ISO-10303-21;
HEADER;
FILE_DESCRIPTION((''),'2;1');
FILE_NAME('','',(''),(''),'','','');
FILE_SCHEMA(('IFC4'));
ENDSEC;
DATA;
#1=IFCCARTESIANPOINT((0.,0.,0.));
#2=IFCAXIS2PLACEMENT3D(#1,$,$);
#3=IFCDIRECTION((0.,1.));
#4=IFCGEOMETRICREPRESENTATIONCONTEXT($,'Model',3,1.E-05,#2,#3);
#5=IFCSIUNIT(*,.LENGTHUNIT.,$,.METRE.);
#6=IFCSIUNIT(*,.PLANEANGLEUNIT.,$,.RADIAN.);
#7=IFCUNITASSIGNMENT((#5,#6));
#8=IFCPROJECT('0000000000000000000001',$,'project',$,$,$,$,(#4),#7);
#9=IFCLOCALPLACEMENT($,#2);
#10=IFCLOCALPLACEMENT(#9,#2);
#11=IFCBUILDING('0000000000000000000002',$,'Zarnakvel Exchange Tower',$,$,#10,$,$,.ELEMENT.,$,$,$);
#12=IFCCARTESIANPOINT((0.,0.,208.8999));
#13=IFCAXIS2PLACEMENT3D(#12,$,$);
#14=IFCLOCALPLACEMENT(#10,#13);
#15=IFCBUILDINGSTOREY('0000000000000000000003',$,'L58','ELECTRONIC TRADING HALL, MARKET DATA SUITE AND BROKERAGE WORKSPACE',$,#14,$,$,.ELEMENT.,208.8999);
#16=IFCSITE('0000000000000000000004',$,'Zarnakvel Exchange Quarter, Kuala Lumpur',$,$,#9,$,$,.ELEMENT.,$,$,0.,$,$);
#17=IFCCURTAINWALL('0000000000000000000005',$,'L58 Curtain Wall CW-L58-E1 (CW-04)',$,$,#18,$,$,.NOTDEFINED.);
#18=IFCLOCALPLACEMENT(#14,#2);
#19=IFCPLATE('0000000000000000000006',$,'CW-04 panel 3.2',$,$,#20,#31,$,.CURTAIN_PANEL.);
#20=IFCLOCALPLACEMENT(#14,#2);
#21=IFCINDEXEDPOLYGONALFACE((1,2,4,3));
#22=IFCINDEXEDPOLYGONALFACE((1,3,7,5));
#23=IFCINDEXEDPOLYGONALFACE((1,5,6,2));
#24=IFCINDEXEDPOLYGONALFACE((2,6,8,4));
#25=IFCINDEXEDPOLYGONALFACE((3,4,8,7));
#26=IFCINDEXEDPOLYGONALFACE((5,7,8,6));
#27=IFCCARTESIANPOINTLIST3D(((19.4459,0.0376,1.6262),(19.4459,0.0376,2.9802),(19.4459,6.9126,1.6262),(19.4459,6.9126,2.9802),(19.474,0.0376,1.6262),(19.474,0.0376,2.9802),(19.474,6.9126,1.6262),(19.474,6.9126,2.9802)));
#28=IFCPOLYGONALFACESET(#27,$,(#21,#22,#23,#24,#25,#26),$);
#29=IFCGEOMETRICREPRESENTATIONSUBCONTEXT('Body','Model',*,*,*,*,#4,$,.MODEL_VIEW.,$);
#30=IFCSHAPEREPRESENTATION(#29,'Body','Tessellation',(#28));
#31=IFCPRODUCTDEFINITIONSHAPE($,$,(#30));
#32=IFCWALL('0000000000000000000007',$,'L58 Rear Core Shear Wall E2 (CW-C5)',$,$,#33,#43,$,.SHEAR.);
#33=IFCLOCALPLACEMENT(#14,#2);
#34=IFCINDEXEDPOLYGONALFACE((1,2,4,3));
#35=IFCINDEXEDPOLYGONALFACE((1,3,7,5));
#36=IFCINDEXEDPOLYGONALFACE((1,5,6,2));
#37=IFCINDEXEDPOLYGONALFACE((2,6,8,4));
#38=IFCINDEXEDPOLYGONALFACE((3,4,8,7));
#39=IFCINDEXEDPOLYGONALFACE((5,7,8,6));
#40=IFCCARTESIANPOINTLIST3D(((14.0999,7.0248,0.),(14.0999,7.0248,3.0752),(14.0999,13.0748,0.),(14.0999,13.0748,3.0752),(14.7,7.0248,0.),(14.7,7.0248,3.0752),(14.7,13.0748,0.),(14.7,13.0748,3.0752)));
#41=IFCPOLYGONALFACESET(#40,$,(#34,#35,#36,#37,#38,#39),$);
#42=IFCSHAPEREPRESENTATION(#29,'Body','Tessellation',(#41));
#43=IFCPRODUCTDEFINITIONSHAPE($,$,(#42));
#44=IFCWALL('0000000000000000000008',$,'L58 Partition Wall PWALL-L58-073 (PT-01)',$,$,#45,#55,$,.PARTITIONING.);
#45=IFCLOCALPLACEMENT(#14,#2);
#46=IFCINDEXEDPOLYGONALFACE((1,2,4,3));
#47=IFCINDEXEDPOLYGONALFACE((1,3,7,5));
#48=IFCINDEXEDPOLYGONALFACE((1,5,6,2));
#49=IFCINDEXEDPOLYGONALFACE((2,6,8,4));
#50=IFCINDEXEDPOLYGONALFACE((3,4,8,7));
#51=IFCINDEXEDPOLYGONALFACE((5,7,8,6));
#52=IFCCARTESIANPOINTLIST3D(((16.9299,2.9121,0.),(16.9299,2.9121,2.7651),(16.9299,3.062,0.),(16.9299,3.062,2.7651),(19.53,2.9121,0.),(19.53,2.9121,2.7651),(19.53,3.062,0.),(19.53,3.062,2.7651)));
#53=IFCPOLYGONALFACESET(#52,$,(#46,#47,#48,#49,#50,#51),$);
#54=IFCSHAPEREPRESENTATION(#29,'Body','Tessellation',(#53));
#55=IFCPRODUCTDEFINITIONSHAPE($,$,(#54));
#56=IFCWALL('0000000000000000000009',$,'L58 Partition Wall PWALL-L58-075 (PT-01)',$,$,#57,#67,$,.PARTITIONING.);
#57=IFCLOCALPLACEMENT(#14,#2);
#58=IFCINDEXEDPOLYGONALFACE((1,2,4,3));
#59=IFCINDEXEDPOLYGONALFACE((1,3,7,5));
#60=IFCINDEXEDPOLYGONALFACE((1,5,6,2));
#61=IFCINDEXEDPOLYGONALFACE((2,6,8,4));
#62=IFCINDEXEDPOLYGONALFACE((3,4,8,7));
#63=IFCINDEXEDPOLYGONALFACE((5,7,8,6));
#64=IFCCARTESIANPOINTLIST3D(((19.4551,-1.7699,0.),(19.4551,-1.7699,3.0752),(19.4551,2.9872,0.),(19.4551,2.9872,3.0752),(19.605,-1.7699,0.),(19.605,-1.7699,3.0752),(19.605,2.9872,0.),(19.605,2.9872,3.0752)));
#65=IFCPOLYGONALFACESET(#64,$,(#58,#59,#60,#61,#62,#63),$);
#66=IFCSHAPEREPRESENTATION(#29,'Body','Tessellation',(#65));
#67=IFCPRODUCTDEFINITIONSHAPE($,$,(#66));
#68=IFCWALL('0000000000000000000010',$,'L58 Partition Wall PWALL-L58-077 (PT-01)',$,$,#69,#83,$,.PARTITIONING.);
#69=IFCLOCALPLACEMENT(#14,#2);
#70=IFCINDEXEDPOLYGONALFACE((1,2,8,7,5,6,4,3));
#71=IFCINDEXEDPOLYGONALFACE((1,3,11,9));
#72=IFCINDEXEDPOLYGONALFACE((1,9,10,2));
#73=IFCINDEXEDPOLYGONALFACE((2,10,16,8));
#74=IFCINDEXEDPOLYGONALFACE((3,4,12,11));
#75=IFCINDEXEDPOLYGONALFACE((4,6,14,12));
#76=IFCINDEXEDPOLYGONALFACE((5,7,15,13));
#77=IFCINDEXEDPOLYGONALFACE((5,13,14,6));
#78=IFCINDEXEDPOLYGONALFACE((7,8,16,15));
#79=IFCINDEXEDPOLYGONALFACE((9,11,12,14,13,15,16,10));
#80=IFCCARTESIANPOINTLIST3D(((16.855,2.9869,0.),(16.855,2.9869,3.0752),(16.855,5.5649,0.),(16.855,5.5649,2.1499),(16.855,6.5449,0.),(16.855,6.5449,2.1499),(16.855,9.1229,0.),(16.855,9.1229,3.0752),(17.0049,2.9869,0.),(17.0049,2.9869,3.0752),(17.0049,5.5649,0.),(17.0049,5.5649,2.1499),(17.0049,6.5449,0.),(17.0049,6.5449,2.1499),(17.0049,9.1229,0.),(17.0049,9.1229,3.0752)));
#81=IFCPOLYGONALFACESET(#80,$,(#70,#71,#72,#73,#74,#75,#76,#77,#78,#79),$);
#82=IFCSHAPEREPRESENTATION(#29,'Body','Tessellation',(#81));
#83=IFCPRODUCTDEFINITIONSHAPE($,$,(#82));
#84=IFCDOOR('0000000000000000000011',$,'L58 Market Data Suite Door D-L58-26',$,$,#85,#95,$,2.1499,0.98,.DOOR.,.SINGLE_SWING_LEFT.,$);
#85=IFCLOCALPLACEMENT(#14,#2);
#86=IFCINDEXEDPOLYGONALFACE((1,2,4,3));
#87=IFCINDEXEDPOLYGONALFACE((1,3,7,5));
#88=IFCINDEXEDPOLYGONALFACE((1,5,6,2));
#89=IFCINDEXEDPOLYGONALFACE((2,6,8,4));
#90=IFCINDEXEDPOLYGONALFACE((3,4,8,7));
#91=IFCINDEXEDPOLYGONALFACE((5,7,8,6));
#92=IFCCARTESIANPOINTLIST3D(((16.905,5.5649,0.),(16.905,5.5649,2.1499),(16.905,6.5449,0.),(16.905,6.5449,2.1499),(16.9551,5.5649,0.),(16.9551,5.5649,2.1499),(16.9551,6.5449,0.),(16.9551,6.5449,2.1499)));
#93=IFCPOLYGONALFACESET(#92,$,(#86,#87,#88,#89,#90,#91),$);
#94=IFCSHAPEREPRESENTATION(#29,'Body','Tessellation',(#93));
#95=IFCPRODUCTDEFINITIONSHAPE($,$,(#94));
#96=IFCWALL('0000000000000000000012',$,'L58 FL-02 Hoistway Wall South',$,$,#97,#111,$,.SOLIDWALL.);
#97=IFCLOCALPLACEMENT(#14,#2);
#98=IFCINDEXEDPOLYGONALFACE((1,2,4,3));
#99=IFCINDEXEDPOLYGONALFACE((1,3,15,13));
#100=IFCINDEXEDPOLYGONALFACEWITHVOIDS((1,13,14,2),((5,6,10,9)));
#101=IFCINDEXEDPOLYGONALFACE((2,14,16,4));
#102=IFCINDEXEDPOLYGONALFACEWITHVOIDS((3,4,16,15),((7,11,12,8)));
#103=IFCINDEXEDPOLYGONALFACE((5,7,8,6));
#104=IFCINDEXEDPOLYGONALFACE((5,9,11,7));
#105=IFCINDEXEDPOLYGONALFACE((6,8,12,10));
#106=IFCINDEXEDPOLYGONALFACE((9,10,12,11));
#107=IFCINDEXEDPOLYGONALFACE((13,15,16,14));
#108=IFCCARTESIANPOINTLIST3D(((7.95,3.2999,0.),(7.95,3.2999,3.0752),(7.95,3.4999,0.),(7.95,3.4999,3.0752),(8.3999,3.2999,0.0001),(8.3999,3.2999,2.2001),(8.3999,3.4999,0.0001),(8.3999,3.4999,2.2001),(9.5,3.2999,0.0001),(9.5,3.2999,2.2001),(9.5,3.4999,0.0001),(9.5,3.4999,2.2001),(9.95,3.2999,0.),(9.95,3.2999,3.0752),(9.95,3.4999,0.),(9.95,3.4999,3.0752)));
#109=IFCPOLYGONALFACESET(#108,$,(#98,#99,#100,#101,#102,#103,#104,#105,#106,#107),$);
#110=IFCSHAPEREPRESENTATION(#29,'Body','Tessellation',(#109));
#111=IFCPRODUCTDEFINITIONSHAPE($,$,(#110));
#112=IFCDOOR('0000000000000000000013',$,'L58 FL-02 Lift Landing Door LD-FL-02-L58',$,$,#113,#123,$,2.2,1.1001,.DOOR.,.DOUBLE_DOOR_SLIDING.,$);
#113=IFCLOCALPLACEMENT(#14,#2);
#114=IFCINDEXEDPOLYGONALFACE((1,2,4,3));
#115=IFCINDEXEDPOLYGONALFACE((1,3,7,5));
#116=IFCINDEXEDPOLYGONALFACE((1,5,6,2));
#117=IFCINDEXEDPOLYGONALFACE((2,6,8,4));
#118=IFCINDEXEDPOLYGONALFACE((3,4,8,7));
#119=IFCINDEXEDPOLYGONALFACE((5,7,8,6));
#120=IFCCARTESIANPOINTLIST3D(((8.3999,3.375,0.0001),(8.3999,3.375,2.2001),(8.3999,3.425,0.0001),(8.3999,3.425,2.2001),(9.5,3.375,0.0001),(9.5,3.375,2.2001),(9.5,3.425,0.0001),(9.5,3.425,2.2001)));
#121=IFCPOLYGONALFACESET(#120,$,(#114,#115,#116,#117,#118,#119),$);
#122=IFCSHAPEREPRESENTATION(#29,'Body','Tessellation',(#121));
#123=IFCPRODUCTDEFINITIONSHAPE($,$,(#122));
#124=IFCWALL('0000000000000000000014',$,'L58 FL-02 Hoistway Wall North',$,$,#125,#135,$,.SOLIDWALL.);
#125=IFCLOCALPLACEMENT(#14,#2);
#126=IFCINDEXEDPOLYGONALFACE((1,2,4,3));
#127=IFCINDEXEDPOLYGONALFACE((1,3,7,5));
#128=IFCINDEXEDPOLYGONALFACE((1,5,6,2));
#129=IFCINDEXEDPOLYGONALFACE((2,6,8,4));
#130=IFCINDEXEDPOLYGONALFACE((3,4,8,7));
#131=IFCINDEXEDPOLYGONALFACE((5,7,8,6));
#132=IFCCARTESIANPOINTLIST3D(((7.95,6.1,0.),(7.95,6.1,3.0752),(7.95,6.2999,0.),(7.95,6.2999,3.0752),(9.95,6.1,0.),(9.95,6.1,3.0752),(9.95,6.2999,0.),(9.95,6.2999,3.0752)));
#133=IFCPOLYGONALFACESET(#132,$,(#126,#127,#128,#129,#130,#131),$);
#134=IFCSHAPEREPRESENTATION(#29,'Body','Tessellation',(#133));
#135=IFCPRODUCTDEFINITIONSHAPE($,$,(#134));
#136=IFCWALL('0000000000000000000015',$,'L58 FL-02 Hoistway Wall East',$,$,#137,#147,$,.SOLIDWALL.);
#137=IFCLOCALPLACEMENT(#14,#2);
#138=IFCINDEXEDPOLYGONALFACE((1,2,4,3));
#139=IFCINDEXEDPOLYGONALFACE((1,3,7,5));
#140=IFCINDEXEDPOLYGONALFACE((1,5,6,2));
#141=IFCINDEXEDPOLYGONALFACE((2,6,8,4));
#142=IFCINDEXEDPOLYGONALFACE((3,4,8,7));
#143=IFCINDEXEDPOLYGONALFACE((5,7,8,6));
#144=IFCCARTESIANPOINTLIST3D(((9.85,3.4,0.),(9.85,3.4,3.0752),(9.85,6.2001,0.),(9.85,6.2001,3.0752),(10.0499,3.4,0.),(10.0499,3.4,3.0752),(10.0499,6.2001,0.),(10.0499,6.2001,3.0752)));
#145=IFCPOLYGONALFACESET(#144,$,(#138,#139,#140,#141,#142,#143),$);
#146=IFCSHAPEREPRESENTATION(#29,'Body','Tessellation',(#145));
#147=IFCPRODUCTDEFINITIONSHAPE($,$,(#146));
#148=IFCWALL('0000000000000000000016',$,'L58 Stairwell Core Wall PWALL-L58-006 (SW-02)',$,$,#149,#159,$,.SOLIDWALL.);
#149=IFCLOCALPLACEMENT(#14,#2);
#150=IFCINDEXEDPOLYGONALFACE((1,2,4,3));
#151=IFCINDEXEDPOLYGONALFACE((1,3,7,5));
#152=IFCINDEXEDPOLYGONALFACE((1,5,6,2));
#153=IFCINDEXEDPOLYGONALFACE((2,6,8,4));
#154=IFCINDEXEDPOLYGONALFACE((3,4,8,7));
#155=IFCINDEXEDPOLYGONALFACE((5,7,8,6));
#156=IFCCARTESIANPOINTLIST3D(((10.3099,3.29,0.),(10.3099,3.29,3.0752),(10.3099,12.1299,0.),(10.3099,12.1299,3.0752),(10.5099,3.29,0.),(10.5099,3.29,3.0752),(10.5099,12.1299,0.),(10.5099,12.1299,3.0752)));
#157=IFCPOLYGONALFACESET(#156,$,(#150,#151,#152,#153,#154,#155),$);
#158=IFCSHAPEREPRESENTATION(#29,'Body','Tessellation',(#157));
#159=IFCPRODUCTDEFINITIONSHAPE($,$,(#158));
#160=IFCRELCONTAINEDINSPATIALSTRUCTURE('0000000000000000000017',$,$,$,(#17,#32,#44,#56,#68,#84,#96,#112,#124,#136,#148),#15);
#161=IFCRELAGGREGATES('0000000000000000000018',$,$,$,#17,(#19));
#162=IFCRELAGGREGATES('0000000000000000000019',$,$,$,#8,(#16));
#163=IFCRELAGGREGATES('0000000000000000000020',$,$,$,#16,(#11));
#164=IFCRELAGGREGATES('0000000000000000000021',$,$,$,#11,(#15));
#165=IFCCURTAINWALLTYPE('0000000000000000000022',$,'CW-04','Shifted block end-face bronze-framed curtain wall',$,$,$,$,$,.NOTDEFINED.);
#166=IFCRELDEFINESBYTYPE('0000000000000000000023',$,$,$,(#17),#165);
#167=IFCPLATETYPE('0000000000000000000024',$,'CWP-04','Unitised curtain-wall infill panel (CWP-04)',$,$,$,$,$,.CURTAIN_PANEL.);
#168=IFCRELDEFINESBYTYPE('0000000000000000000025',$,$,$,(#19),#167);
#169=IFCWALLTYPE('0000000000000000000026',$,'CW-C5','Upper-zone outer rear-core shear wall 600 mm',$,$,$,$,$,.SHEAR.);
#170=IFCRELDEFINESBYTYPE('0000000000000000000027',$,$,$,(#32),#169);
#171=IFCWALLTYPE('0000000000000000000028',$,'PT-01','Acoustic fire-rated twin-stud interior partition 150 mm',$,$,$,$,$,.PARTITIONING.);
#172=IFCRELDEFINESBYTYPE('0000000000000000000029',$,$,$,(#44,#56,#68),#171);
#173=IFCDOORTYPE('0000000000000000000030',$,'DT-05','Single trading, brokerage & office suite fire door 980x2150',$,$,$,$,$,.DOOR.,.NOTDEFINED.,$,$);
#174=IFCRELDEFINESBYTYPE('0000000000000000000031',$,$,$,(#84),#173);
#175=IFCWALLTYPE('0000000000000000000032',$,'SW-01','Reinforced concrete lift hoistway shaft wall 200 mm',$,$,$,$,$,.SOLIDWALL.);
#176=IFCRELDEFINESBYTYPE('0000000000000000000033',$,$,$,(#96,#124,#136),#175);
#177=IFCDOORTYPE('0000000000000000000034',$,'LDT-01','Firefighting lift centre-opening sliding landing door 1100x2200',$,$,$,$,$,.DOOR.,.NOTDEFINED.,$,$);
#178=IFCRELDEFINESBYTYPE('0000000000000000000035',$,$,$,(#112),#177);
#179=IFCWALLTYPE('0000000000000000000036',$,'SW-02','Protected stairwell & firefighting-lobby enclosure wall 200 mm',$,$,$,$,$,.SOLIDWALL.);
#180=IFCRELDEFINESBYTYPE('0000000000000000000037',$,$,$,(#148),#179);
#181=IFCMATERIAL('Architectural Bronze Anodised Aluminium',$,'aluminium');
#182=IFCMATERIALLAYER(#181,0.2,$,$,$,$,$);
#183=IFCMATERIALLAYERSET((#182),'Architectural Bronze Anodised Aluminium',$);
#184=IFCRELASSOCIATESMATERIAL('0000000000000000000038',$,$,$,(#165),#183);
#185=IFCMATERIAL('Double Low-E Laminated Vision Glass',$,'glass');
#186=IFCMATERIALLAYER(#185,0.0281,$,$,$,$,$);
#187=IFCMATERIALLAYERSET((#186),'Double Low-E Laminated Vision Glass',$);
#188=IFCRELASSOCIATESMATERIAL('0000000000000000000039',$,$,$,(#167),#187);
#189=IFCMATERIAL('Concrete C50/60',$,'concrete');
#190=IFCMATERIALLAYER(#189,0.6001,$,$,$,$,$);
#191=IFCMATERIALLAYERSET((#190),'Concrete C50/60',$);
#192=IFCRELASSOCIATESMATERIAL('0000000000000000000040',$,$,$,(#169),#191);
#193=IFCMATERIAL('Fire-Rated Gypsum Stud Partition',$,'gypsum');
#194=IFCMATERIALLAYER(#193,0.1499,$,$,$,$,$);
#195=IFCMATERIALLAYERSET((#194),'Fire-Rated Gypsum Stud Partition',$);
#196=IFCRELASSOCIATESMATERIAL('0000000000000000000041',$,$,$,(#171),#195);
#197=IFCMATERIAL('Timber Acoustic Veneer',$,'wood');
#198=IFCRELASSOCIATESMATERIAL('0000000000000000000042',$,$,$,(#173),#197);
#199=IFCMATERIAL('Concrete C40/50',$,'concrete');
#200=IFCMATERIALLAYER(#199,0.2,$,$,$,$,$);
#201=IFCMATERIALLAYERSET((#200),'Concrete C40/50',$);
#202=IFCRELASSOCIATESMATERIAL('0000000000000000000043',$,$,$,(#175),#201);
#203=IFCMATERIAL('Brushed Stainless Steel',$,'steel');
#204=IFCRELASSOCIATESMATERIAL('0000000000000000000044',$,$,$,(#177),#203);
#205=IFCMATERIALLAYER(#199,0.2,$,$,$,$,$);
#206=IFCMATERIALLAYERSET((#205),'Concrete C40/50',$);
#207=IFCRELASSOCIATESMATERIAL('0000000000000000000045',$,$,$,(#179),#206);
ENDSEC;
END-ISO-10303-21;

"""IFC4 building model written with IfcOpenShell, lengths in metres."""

from ifc_helpers import new_model, si_unit, direction, frame, frame_2d, origin, origin_2d, place, context, subcontext, project, spatial, rectangle, extrude, source, transform, mapped, material, layer, layer_set, type_object, element, fill, aggregate, save


model = new_model("IFC4")

# Units and contexts
model_context = context("Model", 3, precision=1e-05, world=origin(), true_north=direction((0.0, 1.0)))
body_context = subcontext(model_context, "Body", "Model", "MODEL_VIEW")
ifc_project = project(units=[si_unit("LENGTHUNIT", "METRE"), si_unit("PLANEANGLEUNIT", "RADIAN")], contexts=[model_context])

# Site, building, storey
site_placement = place(None, origin())
site = spatial("IfcSite", under=ifc_project, at=site_placement, Name="Zarnakvel Exchange Quarter, Kuala Lumpur", CompositionType="ELEMENT", RefElevation=0.0)
building_placement = place(site_placement, origin())
building = spatial("IfcBuilding", under=site, at=building_placement, Name="Zarnakvel Exchange Tower", CompositionType="ELEMENT")
storey_placement = place(building_placement, frame((0.0, 0.0, 208.8999)))
storey = spatial("IfcBuildingStorey", under=building, at=storey_placement, Name="L58", Description="ELECTRONIC TRADING HALL, MARKET DATA SUITE AND BROKERAGE WORKSPACE", CompositionType="ELEMENT", Elevation=208.8999)

# Shared definitions
ifc_material_1 = material(Name="Concrete C50/60", Category="concrete")

# Curtain wall, plate
ifc_material_2 = material(Name="Architectural Bronze Anodised Aluminium", Category="aluminium")
ifc_layer_1 = layer(ifc_material_2, 0.2)
ifc_layer_set_1 = layer_set([ifc_layer_1], Name="Architectural Bronze Anodised Aluminium")
curtain_wall_type = type_object("IfcCurtainWallType", Name="CW-04", Description="Shifted block end-face bronze-framed curtain wall", PredefinedType="NOTDEFINED", material=ifc_layer_set_1)
curtain_wall_placement = place(storey_placement, origin())
curtain_wall = element("IfcCurtainWall", 1, at=curtain_wall_placement, inside=storey, type_object=curtain_wall_type, Name="L58 Curtain Wall CW-L58-E1 (CW-04)", PredefinedType="NOTDEFINED")
ifc_material_3 = material(Name="Double Low-E Laminated Vision Glass", Category="glass")
ifc_layer_2 = layer(ifc_material_3, 0.0281)
ifc_layer_set_2 = layer_set([ifc_layer_2], Name="Double Low-E Laminated Vision Glass")
plate_type = type_object("IfcPlateType", Name="CWP-04", Description="Unitised curtain-wall infill panel (CWP-04)", PredefinedType="CURTAIN_PANEL", material=ifc_layer_set_2)
shared_shape_1 = source(origin(), body_context, "Body", "SweptSolid", [
    extrude(rectangle(XDim=6.875, YDim=0.0281, at=origin_2d()), origin(), (0.0, 0.0, 1.0), 1.354),
])
plate_1_placement = place(storey_placement, frame((19.46, 3.4751, 1.6262), z_axis=(0.0, 0.0, 1.0), x_axis=(0.0, 1.0, 0.0)))
plate_1 = element("IfcPlate", 2, at=plate_1_placement, type_object=plate_type, Name="CW-04 panel 3.2", PredefinedType="CURTAIN_PANEL", context=body_context, shape_type="MappedRepresentation", body=[
    mapped(shared_shape_1, transform((0.0, 0.0, 0.0), x_axis=(1.0, 0.0, 0.0), y_axis=(0.0, 1.0, 0.0), z_axis=(0.0, 0.0, 1.0), scale=1.0)),
])
aggregate(curtain_wall, [plate_1])

# Walls
ifc_layer_3 = layer(ifc_material_1, 0.6001)
ifc_layer_set_3 = layer_set([ifc_layer_3], Name="Concrete C50/60")
wall_type_1 = type_object("IfcWallType", Name="CW-C5", Description="Upper-zone outer rear-core shear wall 600 mm", PredefinedType="SHEAR", material=ifc_layer_set_3)
wall_1_placement = place(storey_placement, frame((14.3999, 7.0249, 0.0), z_axis=(0.0, 0.0, 1.0), x_axis=(0.0, 1.0, 0.0)))
element("IfcWall", 3, at=wall_1_placement, inside=storey, type_object=wall_type_1, Name="L58 Rear Core Shear Wall E2 (CW-C5)", PredefinedType="SHEAR", context=body_context, shape_type="SweptSolid", body=[
    extrude(rectangle(XDim=6.05, YDim=0.6001, at=frame_2d((3.0249, 0.0))), origin(), (0.0, 0.0, 1.0), 3.0752),
])
ifc_material_4 = material(Name="Fire-Rated Gypsum Stud Partition", Category="gypsum")
ifc_layer_4 = layer(ifc_material_4, 0.1499)
ifc_layer_set_4 = layer_set([ifc_layer_4], Name="Fire-Rated Gypsum Stud Partition")
wall_type_2 = type_object("IfcWallType", Name="PT-01", Description="Acoustic fire-rated twin-stud interior partition 150 mm", PredefinedType="PARTITIONING", material=ifc_layer_set_4)
wall_2_placement = place(storey_placement, frame((16.9299, 2.9871, 0.0), z_axis=(0.0, 0.0, 1.0), x_axis=(1.0, 0.0, 0.0)))
element("IfcWall", 4, at=wall_2_placement, inside=storey, type_object=wall_type_2, Name="L58 Partition Wall PWALL-L58-073 (PT-01)", PredefinedType="PARTITIONING", context=body_context, shape_type="SweptSolid", body=[
    extrude(rectangle(XDim=2.6001, YDim=0.1499, at=frame_2d((1.3, 0.0))), origin(), (0.0, 0.0, 1.0), 2.7651),
])
wall_3_placement = place(storey_placement, frame((19.53, 2.9871, 0.0), z_axis=(0.0, 0.0, 1.0), x_axis=(0.0, -1.0, 0.0)))
element("IfcWall", 5, at=wall_3_placement, inside=storey, type_object=wall_type_2, Name="L58 Partition Wall PWALL-L58-075 (PT-01)", PredefinedType="PARTITIONING", context=body_context, shape_type="SweptSolid", body=[
    extrude(rectangle(XDim=4.7571, YDim=0.1499, at=frame_2d((2.3784, 0.0))), origin(), (0.0, 0.0, 1.0), 3.0752),
])

# Walls, openings, doors
wall_4_placement = place(storey_placement, frame((16.9299, 2.9871, 0.0), z_axis=(0.0, 0.0, 1.0), x_axis=(0.0, 1.0, 0.0)))
wall_4 = element("IfcWall", 6, at=wall_4_placement, inside=storey, type_object=wall_type_2, Name="L58 Partition Wall PWALL-L58-077 (PT-01)", PredefinedType="PARTITIONING", context=body_context, shape_type="SweptSolid", body=[
    extrude(rectangle(XDim=6.136, YDim=0.1499, at=frame_2d((3.0679, 0.0))), origin(), (0.0, 0.0, 1.0), 3.0752),
])
opening_1_placement = place(wall_4_placement, frame((2.5779, 0.0, 0.0)))
opening_1 = element("IfcOpeningElement", 7, at=opening_1_placement, cuts=wall_4, PredefinedType="OPENING", context=body_context, shape_type="SweptSolid", body=[
    extrude(rectangle(XDim=0.98, YDim=2.1499, at=frame_2d((0.49, 1.075))), frame((0.0, 0.085, 0.0), z_axis=(0.0, -1.0, 0.0), x_axis=(1.0, 0.0, 0.0)), (0.0, 0.0, 1.0), 0.1699),
])
ifc_material_5 = material(Name="Timber Acoustic Veneer", Category="wood")
door_type_1 = type_object("IfcDoorType", Name="DT-05", Description="Single trading, brokerage & office suite fire door 980x2150", OperationType="NOTDEFINED", PredefinedType="DOOR", material=ifc_material_5)
shared_shape_2 = source(origin(), body_context, "Body", "SweptSolid", [
    extrude(rectangle(XDim=0.98, YDim=2.1499, at=frame_2d((0.49, 1.075))), frame((0.0, 0.0249, 0.0), z_axis=(0.0, -1.0, 0.0), x_axis=(1.0, 0.0, 0.0)), (0.0, 0.0, 1.0), 0.05),
])
door_1_placement = place(opening_1_placement, origin())
door_1 = element("IfcDoor", 8, at=door_1_placement, inside=storey, type_object=door_type_1, Name="L58 Market Data Suite Door D-L58-26", OperationType="SINGLE_SWING_LEFT", OverallHeight=2.1499, OverallWidth=0.98, PredefinedType="DOOR", context=body_context, shape_type="MappedRepresentation", body=[
    mapped(shared_shape_2, transform((0.0, 0.0, 0.0), x_axis=(1.0, 0.0, 0.0), y_axis=(0.0, 1.0, 0.0), z_axis=(0.0, 0.0, 1.0), scale=1.0)),
])
fill(opening_1, door_1)
ifc_material_6 = material(Name="Concrete C40/50", Category="concrete")
ifc_layer_5 = layer(ifc_material_6, 0.2)
ifc_layer_set_5 = layer_set([ifc_layer_5], Name="Concrete C40/50")
wall_type_3 = type_object("IfcWallType", Name="SW-01", Description="Reinforced concrete lift hoistway shaft wall 200 mm", PredefinedType="SOLIDWALL", material=ifc_layer_set_5)
wall_5_placement = place(storey_placement, frame((9.95, 3.3999, 0.0), z_axis=(0.0, 0.0, 1.0), x_axis=(-1.0, 0.0, 0.0)))
wall_5 = element("IfcWall", 9, at=wall_5_placement, inside=storey, type_object=wall_type_3, Name="L58 FL-02 Hoistway Wall South", PredefinedType="SOLIDWALL", context=body_context, shape_type="SweptSolid", body=[
    extrude(rectangle(XDim=2.0, YDim=0.2, at=frame_2d((1.0, 0.0))), origin(), (0.0, 0.0, 1.0), 3.0752),
])
opening_2_placement = place(wall_5_placement, frame((0.45, 0.0, 0.0)))
opening_2 = element("IfcOpeningElement", 10, at=opening_2_placement, cuts=wall_5, PredefinedType="OPENING", context=body_context, shape_type="SweptSolid", body=[
    extrude(rectangle(XDim=1.1001, YDim=2.2, at=frame_2d((0.55, 1.1001))), frame((0.0, 0.1099, 0.0), z_axis=(0.0, -1.0, 0.0), x_axis=(1.0, 0.0, 0.0)), (0.0, 0.0, 1.0), 0.22),
])
ifc_material_7 = material(Name="Brushed Stainless Steel", Category="steel")
door_type_2 = type_object("IfcDoorType", Name="LDT-01", Description="Firefighting lift centre-opening sliding landing door 1100x2200", OperationType="NOTDEFINED", PredefinedType="DOOR", material=ifc_material_7)
shared_shape_3 = source(origin(), body_context, "Body", "SweptSolid", [
    extrude(rectangle(XDim=1.1001, YDim=2.2, at=frame_2d((0.55, 1.1001))), frame((0.0, 0.0249, 0.0), z_axis=(0.0, -1.0, 0.0), x_axis=(1.0, 0.0, 0.0)), (0.0, 0.0, 1.0), 0.05),
])
door_2_placement = place(opening_2_placement, origin())
door_2 = element("IfcDoor", 11, at=door_2_placement, inside=storey, type_object=door_type_2, Name="L58 FL-02 Lift Landing Door LD-FL-02-L58", OperationType="DOUBLE_DOOR_SLIDING", OverallHeight=2.2, OverallWidth=1.1001, PredefinedType="DOOR", context=body_context, shape_type="MappedRepresentation", body=[
    mapped(shared_shape_3, transform((0.0, 0.0, 0.0), x_axis=(1.0, 0.0, 0.0), y_axis=(0.0, 1.0, 0.0), z_axis=(0.0, 0.0, 1.0), scale=1.0)),
])
fill(opening_2, door_2)

# Walls
wall_6_placement = place(storey_placement, frame((7.95, 6.2, 0.0), z_axis=(0.0, 0.0, 1.0), x_axis=(1.0, 0.0, 0.0)))
element("IfcWall", 12, at=wall_6_placement, inside=storey, type_object=wall_type_3, Name="L58 FL-02 Hoistway Wall North", PredefinedType="SOLIDWALL", context=body_context, shape_type="SweptSolid", body=[
    extrude(rectangle(XDim=2.0, YDim=0.2, at=frame_2d((1.0, 0.0))), origin(), (0.0, 0.0, 1.0), 3.0752),
])
wall_7_placement = place(storey_placement, frame((9.95, 6.2, 0.0), z_axis=(0.0, 0.0, 1.0), x_axis=(0.0, -1.0, 0.0)))
element("IfcWall", 13, at=wall_7_placement, inside=storey, type_object=wall_type_3, Name="L58 FL-02 Hoistway Wall East", PredefinedType="SOLIDWALL", context=body_context, shape_type="SweptSolid", body=[
    extrude(rectangle(XDim=2.8, YDim=0.2, at=frame_2d((1.3999, 0.0))), origin(), (0.0, 0.0, 1.0), 3.0752),
])

# Shared definitions
ifc_layer_6 = layer(ifc_material_6, 0.2)
ifc_layer_set_6 = layer_set([ifc_layer_6], Name="Concrete C40/50")
wall_type_4 = type_object("IfcWallType", Name="SW-02", Description="Protected stairwell & firefighting-lobby enclosure wall 200 mm", PredefinedType="SOLIDWALL", material=ifc_layer_set_6)

# Wall
wall_8_placement = place(storey_placement, frame((10.4099, 3.29, 0.0), z_axis=(0.0, 0.0, 1.0), x_axis=(0.0, 1.0, 0.0)))
element("IfcWall", 14, at=wall_8_placement, inside=storey, type_object=wall_type_4, Name="L58 Stairwell Core Wall PWALL-L58-006 (SW-02)", PredefinedType="SOLIDWALL", context=body_context, shape_type="SweptSolid", body=[
    extrude(rectangle(XDim=8.8398, YDim=0.2, at=frame_2d((4.4199, 0.0))), origin(), (0.0, 0.0, 1.0), 3.0752),
])

save(model, "model.ifc")
